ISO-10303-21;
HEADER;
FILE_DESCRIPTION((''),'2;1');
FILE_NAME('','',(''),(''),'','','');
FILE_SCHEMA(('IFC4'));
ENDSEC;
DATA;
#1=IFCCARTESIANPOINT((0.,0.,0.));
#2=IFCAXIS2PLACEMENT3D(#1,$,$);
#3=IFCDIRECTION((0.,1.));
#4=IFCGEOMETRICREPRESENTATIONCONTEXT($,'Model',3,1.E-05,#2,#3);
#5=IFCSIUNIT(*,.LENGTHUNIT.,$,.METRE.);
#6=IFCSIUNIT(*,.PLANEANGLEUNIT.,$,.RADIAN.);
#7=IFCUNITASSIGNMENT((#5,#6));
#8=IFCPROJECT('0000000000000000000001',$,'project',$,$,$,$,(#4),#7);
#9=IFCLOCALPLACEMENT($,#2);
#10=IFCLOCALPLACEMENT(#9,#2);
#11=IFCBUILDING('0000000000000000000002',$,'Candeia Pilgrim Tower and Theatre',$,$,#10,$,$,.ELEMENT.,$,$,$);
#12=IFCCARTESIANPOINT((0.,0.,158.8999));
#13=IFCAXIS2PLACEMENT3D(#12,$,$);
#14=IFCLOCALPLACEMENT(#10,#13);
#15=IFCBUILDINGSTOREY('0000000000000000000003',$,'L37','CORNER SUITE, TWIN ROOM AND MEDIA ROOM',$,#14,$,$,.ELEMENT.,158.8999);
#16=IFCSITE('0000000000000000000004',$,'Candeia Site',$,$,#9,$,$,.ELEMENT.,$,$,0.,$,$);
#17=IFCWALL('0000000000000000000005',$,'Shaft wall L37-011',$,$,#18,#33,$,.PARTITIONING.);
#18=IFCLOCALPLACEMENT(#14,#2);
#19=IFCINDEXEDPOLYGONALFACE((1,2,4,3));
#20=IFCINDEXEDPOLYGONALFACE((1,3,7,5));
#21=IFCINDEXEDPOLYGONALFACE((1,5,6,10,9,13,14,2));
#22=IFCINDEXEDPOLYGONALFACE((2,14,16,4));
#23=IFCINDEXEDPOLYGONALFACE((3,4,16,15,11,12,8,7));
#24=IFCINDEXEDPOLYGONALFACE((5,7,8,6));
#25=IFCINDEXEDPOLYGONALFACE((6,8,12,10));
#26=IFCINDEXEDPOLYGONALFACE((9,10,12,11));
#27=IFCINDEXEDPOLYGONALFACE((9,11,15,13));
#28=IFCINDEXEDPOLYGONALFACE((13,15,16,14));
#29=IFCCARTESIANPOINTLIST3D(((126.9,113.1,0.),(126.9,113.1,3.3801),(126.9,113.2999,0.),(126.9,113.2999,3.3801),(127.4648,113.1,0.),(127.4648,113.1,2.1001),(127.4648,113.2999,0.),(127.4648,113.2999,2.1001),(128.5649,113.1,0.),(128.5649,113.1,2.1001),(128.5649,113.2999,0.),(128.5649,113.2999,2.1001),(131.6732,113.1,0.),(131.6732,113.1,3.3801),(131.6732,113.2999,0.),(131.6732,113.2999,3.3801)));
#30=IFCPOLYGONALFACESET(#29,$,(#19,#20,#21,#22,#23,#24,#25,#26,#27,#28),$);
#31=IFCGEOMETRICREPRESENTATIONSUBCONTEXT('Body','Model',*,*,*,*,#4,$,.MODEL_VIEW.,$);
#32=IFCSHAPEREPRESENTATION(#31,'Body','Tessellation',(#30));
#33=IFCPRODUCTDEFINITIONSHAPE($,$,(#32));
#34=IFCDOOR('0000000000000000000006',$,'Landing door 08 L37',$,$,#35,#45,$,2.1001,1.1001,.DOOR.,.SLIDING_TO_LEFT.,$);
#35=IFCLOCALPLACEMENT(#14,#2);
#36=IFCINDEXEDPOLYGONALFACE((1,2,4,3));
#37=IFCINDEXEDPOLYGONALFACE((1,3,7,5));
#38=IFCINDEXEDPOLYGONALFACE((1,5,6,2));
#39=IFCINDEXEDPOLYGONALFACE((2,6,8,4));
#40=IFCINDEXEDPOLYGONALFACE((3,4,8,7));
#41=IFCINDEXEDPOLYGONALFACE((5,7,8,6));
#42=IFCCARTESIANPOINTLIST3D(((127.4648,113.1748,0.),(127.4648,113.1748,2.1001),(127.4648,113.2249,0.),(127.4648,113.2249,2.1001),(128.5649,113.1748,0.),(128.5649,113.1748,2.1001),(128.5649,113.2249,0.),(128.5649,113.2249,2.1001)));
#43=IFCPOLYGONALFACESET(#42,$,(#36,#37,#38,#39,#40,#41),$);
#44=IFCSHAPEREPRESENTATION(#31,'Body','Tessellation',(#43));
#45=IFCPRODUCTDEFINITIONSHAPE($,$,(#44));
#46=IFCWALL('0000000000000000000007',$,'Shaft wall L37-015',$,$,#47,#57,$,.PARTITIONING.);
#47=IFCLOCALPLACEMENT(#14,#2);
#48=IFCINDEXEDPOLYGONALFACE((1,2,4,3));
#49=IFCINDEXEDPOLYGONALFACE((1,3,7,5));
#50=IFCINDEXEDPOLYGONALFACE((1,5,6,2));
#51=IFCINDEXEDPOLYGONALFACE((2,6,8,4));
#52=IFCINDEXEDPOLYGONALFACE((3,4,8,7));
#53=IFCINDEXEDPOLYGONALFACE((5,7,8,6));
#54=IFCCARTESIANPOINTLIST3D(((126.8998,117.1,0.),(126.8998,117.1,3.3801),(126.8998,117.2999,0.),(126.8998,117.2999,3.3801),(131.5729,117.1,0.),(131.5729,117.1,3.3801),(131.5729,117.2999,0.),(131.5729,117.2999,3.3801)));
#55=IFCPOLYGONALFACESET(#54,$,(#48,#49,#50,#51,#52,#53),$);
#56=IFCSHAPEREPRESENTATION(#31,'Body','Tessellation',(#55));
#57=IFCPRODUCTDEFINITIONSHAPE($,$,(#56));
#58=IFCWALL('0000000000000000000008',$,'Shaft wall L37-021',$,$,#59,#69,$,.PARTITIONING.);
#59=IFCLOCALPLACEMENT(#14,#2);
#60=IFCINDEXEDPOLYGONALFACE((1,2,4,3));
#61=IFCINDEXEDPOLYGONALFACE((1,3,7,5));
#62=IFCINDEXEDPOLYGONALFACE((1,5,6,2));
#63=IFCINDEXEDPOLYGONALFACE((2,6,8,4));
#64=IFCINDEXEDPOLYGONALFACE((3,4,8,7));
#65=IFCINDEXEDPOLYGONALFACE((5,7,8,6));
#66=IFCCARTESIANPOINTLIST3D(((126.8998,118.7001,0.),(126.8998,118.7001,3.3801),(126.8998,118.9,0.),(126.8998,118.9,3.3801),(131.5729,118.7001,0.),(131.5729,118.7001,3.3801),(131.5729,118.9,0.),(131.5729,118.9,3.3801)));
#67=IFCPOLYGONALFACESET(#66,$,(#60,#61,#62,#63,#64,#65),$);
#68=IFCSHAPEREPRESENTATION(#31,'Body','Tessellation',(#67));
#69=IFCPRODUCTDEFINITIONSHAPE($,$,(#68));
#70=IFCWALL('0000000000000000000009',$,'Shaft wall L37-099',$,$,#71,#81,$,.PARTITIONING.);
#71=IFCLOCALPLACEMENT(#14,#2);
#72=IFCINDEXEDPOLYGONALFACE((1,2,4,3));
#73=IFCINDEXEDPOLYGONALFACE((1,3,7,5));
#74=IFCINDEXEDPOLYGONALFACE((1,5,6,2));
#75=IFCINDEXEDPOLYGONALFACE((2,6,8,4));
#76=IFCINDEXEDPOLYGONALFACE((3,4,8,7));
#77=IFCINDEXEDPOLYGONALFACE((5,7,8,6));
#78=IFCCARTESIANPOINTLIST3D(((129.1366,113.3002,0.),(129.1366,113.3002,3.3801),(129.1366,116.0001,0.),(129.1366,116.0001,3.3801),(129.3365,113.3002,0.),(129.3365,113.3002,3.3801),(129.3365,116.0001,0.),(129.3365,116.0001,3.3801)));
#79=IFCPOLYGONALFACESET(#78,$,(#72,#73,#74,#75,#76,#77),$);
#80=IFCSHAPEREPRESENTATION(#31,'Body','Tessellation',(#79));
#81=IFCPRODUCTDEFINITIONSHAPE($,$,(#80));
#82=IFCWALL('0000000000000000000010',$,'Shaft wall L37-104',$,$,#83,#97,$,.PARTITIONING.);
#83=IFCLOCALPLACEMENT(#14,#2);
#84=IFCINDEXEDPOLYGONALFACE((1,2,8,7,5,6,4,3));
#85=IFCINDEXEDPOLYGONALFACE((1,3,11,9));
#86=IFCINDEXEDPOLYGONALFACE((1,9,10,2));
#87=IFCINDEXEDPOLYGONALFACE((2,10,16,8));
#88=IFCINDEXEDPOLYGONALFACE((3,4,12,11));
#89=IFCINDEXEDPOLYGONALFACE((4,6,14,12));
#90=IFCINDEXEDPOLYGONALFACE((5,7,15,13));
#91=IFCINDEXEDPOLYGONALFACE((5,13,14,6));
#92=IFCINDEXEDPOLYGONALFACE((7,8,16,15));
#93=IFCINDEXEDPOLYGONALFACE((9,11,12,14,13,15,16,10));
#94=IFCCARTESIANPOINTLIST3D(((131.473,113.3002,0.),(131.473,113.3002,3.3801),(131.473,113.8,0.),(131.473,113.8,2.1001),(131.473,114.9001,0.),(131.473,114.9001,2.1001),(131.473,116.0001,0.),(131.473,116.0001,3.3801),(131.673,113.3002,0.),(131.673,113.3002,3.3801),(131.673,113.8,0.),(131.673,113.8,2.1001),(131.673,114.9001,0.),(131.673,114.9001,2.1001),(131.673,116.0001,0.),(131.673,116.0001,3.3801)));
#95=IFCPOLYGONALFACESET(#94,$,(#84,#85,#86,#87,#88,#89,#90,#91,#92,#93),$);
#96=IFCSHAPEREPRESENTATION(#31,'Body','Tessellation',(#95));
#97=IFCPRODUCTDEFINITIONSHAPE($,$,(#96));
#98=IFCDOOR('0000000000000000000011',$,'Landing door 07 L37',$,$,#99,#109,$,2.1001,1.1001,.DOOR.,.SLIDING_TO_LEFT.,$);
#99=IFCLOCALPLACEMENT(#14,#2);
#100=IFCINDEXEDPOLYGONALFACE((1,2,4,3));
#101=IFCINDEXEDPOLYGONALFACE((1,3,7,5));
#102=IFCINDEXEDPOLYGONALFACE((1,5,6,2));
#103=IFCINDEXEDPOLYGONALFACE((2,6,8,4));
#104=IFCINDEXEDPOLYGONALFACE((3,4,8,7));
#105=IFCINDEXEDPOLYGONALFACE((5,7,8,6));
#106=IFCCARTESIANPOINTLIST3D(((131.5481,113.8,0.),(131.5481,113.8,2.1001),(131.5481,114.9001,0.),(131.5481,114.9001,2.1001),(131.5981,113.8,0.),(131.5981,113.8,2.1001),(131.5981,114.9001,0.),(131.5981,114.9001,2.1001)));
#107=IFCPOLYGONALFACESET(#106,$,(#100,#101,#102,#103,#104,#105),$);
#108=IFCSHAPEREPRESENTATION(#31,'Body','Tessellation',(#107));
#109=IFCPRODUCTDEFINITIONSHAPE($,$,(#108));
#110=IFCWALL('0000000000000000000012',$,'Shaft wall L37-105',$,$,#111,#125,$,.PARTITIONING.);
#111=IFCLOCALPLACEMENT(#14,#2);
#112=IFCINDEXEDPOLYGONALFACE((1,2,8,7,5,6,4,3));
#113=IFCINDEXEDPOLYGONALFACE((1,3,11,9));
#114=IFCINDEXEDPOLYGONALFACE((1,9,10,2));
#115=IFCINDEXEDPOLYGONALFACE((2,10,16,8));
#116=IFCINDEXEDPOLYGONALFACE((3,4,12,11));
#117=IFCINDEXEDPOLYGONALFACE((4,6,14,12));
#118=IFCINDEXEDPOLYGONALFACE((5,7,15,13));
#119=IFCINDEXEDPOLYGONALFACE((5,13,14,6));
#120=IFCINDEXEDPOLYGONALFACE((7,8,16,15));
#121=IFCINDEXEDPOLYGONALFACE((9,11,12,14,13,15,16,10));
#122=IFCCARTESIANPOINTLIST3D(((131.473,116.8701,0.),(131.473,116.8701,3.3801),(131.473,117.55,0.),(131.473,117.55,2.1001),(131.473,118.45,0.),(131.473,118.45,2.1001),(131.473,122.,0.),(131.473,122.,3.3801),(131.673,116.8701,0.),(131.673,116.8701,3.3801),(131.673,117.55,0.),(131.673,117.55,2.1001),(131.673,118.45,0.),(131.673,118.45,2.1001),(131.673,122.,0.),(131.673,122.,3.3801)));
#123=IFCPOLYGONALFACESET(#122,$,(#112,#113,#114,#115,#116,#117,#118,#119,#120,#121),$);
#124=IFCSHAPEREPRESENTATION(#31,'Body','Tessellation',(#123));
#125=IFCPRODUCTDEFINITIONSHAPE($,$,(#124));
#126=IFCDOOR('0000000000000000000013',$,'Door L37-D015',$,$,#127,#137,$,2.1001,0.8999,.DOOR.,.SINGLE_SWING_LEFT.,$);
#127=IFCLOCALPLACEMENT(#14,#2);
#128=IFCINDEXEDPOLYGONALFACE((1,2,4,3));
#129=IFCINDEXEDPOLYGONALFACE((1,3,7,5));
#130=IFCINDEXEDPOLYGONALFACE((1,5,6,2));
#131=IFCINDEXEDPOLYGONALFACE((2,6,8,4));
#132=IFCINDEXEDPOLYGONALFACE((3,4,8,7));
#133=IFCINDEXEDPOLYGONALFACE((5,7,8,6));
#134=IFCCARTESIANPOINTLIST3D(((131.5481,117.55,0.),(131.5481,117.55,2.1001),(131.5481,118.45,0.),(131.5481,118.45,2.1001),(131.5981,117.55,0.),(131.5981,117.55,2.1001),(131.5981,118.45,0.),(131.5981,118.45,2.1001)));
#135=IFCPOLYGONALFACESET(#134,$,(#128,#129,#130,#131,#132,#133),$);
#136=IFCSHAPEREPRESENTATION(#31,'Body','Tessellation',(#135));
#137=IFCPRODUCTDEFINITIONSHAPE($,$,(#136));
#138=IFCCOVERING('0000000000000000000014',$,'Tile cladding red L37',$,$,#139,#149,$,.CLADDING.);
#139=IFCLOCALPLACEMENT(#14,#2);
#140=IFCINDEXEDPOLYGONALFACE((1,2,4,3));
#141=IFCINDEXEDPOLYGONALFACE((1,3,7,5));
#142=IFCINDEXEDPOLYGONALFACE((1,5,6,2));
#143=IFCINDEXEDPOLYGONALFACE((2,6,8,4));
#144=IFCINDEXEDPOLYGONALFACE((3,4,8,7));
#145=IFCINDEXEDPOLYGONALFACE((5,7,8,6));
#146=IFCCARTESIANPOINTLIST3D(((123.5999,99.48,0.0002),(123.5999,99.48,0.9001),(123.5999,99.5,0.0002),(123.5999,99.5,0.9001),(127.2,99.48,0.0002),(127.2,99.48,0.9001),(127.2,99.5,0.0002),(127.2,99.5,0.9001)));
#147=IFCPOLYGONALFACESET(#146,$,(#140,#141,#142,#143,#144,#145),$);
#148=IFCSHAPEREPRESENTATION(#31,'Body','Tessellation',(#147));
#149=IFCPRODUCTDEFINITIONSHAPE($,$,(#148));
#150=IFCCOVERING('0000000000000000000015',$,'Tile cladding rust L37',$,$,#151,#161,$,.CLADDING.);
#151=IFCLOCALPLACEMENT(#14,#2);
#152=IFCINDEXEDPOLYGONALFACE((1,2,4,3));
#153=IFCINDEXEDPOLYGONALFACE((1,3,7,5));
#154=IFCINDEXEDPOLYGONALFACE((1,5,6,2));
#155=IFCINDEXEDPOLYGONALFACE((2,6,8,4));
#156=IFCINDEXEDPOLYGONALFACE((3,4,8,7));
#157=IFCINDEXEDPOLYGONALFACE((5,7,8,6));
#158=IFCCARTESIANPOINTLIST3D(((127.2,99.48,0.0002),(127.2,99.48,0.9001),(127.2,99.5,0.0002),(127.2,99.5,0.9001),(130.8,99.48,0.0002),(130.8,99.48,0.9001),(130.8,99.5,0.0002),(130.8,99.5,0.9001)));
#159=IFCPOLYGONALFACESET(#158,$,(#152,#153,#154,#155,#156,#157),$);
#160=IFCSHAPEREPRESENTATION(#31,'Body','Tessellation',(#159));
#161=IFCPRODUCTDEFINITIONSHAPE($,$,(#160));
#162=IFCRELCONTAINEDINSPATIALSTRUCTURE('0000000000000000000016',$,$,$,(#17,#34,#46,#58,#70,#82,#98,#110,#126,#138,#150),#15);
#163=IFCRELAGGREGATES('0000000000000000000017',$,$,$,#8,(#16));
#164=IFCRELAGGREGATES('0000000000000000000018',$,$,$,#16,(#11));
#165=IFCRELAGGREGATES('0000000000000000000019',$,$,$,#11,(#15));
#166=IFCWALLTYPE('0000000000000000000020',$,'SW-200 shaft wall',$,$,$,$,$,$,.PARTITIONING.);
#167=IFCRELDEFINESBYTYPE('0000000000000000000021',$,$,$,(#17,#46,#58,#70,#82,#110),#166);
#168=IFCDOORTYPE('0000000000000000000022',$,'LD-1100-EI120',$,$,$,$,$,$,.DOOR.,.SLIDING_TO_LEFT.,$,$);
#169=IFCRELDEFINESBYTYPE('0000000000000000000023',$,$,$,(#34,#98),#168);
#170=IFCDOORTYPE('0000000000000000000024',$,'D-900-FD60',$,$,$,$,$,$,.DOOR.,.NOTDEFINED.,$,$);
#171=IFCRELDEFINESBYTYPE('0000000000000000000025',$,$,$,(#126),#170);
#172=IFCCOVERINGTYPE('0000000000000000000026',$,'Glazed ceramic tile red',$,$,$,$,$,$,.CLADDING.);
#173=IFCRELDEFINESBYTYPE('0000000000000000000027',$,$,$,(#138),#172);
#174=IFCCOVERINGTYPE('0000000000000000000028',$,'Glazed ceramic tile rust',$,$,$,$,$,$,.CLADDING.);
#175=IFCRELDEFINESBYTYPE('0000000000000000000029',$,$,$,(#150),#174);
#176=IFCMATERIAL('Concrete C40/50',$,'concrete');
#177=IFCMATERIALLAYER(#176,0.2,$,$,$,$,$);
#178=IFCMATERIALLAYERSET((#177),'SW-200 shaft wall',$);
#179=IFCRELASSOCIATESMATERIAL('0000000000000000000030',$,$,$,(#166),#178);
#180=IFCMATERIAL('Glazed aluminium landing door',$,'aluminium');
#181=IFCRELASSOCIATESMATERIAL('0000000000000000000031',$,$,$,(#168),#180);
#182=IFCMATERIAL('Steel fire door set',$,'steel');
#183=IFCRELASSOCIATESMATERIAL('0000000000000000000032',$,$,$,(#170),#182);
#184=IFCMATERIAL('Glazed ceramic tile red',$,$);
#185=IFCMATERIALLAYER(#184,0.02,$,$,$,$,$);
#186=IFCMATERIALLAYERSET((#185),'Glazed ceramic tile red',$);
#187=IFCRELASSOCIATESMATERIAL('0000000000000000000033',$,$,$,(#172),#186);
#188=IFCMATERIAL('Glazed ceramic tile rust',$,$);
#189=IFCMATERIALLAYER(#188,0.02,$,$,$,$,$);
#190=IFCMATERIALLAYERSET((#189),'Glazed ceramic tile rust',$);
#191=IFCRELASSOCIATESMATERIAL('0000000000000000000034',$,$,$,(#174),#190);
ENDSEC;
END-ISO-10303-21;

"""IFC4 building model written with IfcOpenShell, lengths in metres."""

from ifc_helpers import new_model, si_unit, direction, frame, frame_2d, origin, origin_2d, place, context, subcontext, project, spatial, rectangle, extrude, material, layer, layer_set, type_object, element, fill, save


model = new_model("IFC4")

# Units and contexts
model_context = context("Model", 3, precision=1e-05, world=origin(), true_north=direction((0.0, 1.0)))
body_context = subcontext(model_context, "Body", "Model", "MODEL_VIEW")
ifc_project = project(units=[si_unit("LENGTHUNIT", "METRE"), si_unit("PLANEANGLEUNIT", "RADIAN")], contexts=[model_context])

# Site, building, storey
site_placement = place(None, origin())
site = spatial("IfcSite", under=ifc_project, at=site_placement, Name="Candeia Site", CompositionType="ELEMENT", RefElevation=0.0)
building_placement = place(site_placement, origin())
building = spatial("IfcBuilding", under=site, at=building_placement, Name="Candeia Pilgrim Tower and Theatre", CompositionType="ELEMENT")
storey_placement = place(building_placement, frame((0.0, 0.0, 158.8999)))
storey = spatial("IfcBuildingStorey", under=building, at=storey_placement, Name="L37", Description="CORNER SUITE, TWIN ROOM AND MEDIA ROOM", CompositionType="ELEMENT", Elevation=158.8999)

# Wall, opening, door
ifc_material_1 = material(Name="Concrete C40/50", Category="concrete")
ifc_layer_1 = layer(ifc_material_1, 0.2)
ifc_layer_set_1 = layer_set([ifc_layer_1], Name="SW-200 shaft wall")
wall_type_1 = type_object("IfcWallType", Name="SW-200 shaft wall", PredefinedType="PARTITIONING", material=ifc_layer_set_1)
wall_1_placement = place(storey_placement, frame((126.8999, 113.2, 0.0), z_axis=(0.0, 0.0, 1.0), x_axis=(1.0, 0.0, 0.0)))
wall_1 = element("IfcWall", 1, at=wall_1_placement, inside=storey, type_object=wall_type_1, Name="Shaft wall L37-011", PredefinedType="PARTITIONING", context=body_context, shape_type="SweptSolid", body=[
    extrude(rectangle(XDim=4.7732, YDim=0.2, at=frame_2d((2.3867, 0.0))), origin(), (0.0, 0.0, 1.0), 3.3801),
])
opening_1_placement = place(wall_1_placement, frame((0.5649, 0.0, 0.0)))
opening_1 = element("IfcOpeningElement", 2, at=opening_1_placement, cuts=wall_1, PredefinedType="OPENING", context=body_context, shape_type="SweptSolid", body=[
    extrude(rectangle(XDim=1.1001, YDim=2.1001, at=frame_2d((0.55, 1.05))), frame((0.0, 0.1099, 0.0), z_axis=(0.0, -1.0, 0.0), x_axis=(1.0, 0.0, 0.0)), (0.0, 0.0, 1.0), 0.22),
])
ifc_material_2 = material(Name="Glazed aluminium landing door", Category="aluminium")
door_type_1 = type_object("IfcDoorType", Name="LD-1100-EI120", OperationType="SLIDING_TO_LEFT", PredefinedType="DOOR", material=ifc_material_2)
door_1_placement = place(opening_1_placement, origin())
door_1 = element("IfcDoor", 3, at=door_1_placement, inside=storey, type_object=door_type_1, Name="Landing door 08 L37", OperationType="SLIDING_TO_LEFT", OverallHeight=2.1001, OverallWidth=1.1001, PredefinedType="DOOR", context=body_context, shape_type="SweptSolid", body=[
    extrude(rectangle(XDim=1.1001, YDim=2.1001, at=frame_2d((0.55, 1.05))), frame((0.0, 0.0249, 0.0), z_axis=(0.0, -1.0, 0.0), x_axis=(1.0, 0.0, 0.0)), (0.0, 0.0, 1.0), 0.05),
])
fill(opening_1, door_1)

# Walls
for number, where, z_axis, x_axis, name in (
    (4, (126.8999, 117.2, 0.0), (0.0, 0.0, 1.0), (1.0, 0.0, 0.0), "Shaft wall L37-015"),
    (5, (126.8999, 118.8, 0.0), (0.0, 0.0, 1.0), (1.0, 0.0, 0.0), "Shaft wall L37-021"),
):
    element("IfcWall", number, at=place(storey_placement, frame(where, z_axis=z_axis, x_axis=x_axis)), inside=storey, type_object=wall_type_1, Name=name, PredefinedType="PARTITIONING", context=body_context, shape_type="SweptSolid", body=[
        extrude(rectangle(XDim=4.6731, YDim=0.2, at=frame_2d((2.3364, 0.0))), origin(), (0.0, 0.0, 1.0), 3.3801),
    ])
wall_2_placement = place(storey_placement, frame((129.2366, 113.3, 0.0), z_axis=(0.0, 0.0, 1.0), x_axis=(0.0, 1.0, 0.0)))
element("IfcWall", 6, at=wall_2_placement, inside=storey, type_object=wall_type_1, Name="Shaft wall L37-099", PredefinedType="PARTITIONING", context=body_context, shape_type="SweptSolid", body=[
    extrude(rectangle(XDim=2.7, YDim=0.2, at=frame_2d((1.3501, 0.0))), origin(), (0.0, 0.0, 1.0), 3.3801),
])

# Walls, openings, doors
wall_3_placement = place(storey_placement, frame((131.573, 113.3, 0.0), z_axis=(0.0, 0.0, 1.0), x_axis=(0.0, 1.0, 0.0)))
wall_3 = element("IfcWall", 7, at=wall_3_placement, inside=storey, type_object=wall_type_1, Name="Shaft wall L37-104", PredefinedType="PARTITIONING", context=body_context, shape_type="SweptSolid", body=[
    extrude(rectangle(XDim=2.7, YDim=0.2, at=frame_2d((1.3501, 0.0))), origin(), (0.0, 0.0, 1.0), 3.3801),
])
opening_2_placement = place(wall_3_placement, frame((0.5, 0.0, 0.0)))
opening_2 = element("IfcOpeningElement", 8, at=opening_2_placement, cuts=wall_3, PredefinedType="OPENING", context=body_context, shape_type="SweptSolid", body=[
    extrude(rectangle(XDim=1.1001, YDim=2.1001, at=frame_2d((0.55, 1.05))), frame((0.0, 0.1099, 0.0), z_axis=(0.0, -1.0, 0.0), x_axis=(1.0, 0.0, 0.0)), (0.0, 0.0, 1.0), 0.22),
])
door_2_placement = place(opening_2_placement, origin())
door_2 = element("IfcDoor", 9, at=door_2_placement, inside=storey, type_object=door_type_1, Name="Landing door 07 L37", OperationType="SLIDING_TO_LEFT", OverallHeight=2.1001, OverallWidth=1.1001, PredefinedType="DOOR", context=body_context, shape_type="SweptSolid", body=[
    extrude(rectangle(XDim=1.1001, YDim=2.1001, at=frame_2d((0.55, 1.05))), frame((0.0, 0.0249, 0.0), z_axis=(0.0, -1.0, 0.0), x_axis=(1.0, 0.0, 0.0)), (0.0, 0.0, 1.0), 0.05),
])
fill(opening_2, door_2)
wall_4_placement = place(storey_placement, frame((131.573, 116.8701, 0.0), z_axis=(0.0, 0.0, 1.0), x_axis=(0.0, 1.0, 0.0)))
wall_4 = element("IfcWall", 10, at=wall_4_placement, inside=storey, type_object=wall_type_1, Name="Shaft wall L37-105", PredefinedType="PARTITIONING", context=body_context, shape_type="SweptSolid", body=[
    extrude(rectangle(XDim=5.1299, YDim=0.2, at=frame_2d((2.5649, 0.0))), origin(), (0.0, 0.0, 1.0), 3.3801),
])
opening_3_placement = place(wall_4_placement, frame((0.6799, 0.0, 0.0)))
opening_3 = element("IfcOpeningElement", 11, at=opening_3_placement, cuts=wall_4, PredefinedType="OPENING", context=body_context, shape_type="SweptSolid", body=[
    extrude(rectangle(XDim=0.8999, YDim=2.1001, at=frame_2d((0.45, 1.05))), frame((0.0, 0.1099, 0.0), z_axis=(0.0, -1.0, 0.0), x_axis=(1.0, 0.0, 0.0)), (0.0, 0.0, 1.0), 0.22),
])
ifc_material_3 = material(Name="Steel fire door set", Category="steel")
door_type_2 = type_object("IfcDoorType", Name="D-900-FD60", OperationType="NOTDEFINED", PredefinedType="DOOR", material=ifc_material_3)
door_3_placement = place(opening_3_placement, origin())
door_3 = element("IfcDoor", 12, at=door_3_placement, inside=storey, type_object=door_type_2, Name="Door L37-D015", OperationType="SINGLE_SWING_LEFT", OverallHeight=2.1001, OverallWidth=0.8999, PredefinedType="DOOR", context=body_context, shape_type="SweptSolid", body=[
    extrude(rectangle(XDim=0.8999, YDim=2.1001, at=frame_2d((0.45, 1.05))), frame((0.0, 0.0249, 0.0), z_axis=(0.0, -1.0, 0.0), x_axis=(1.0, 0.0, 0.0)), (0.0, 0.0, 1.0), 0.05),
])
fill(opening_3, door_3)

# Coverings
ifc_material_4 = material(Name="Glazed ceramic tile red")
ifc_layer_2 = layer(ifc_material_4, 0.02)
ifc_layer_set_2 = layer_set([ifc_layer_2], Name="Glazed ceramic tile red")
covering_type_1 = type_object("IfcCoveringType", Name="Glazed ceramic tile red", PredefinedType="CLADDING", material=ifc_layer_set_2)
covering_1_placement = place(storey_placement, frame((125.3999, 99.49, 0.0002), z_axis=(0.0, 0.0, 1.0), x_axis=(1.0, 0.0, 0.0)))
element("IfcCovering", 13, at=covering_1_placement, inside=storey, type_object=covering_type_1, Name="Tile cladding red L37", PredefinedType="CLADDING", context=body_context, shape_type="SweptSolid", body=[
    extrude(rectangle(XDim=3.6001, YDim=0.02, at=origin_2d()), origin(), (0.0, 0.0, 1.0), 0.8999),
])
ifc_material_5 = material(Name="Glazed ceramic tile rust")
ifc_layer_3 = layer(ifc_material_5, 0.02)
ifc_layer_set_3 = layer_set([ifc_layer_3], Name="Glazed ceramic tile rust")
covering_type_2 = type_object("IfcCoveringType", Name="Glazed ceramic tile rust", PredefinedType="CLADDING", material=ifc_layer_set_3)
covering_2_placement = place(storey_placement, frame((129.0, 99.49, 0.0002), z_axis=(0.0, 0.0, 1.0), x_axis=(1.0, 0.0, 0.0)))
element("IfcCovering", 14, at=covering_2_placement, inside=storey, type_object=covering_type_2, Name="Tile cladding rust L37", PredefinedType="CLADDING", context=body_context, shape_type="SweptSolid", body=[
    extrude(rectangle(XDim=3.6001, YDim=0.02, at=origin_2d()), origin(), (0.0, 0.0, 1.0), 0.8999),
])

save(model, "model.ifc")
